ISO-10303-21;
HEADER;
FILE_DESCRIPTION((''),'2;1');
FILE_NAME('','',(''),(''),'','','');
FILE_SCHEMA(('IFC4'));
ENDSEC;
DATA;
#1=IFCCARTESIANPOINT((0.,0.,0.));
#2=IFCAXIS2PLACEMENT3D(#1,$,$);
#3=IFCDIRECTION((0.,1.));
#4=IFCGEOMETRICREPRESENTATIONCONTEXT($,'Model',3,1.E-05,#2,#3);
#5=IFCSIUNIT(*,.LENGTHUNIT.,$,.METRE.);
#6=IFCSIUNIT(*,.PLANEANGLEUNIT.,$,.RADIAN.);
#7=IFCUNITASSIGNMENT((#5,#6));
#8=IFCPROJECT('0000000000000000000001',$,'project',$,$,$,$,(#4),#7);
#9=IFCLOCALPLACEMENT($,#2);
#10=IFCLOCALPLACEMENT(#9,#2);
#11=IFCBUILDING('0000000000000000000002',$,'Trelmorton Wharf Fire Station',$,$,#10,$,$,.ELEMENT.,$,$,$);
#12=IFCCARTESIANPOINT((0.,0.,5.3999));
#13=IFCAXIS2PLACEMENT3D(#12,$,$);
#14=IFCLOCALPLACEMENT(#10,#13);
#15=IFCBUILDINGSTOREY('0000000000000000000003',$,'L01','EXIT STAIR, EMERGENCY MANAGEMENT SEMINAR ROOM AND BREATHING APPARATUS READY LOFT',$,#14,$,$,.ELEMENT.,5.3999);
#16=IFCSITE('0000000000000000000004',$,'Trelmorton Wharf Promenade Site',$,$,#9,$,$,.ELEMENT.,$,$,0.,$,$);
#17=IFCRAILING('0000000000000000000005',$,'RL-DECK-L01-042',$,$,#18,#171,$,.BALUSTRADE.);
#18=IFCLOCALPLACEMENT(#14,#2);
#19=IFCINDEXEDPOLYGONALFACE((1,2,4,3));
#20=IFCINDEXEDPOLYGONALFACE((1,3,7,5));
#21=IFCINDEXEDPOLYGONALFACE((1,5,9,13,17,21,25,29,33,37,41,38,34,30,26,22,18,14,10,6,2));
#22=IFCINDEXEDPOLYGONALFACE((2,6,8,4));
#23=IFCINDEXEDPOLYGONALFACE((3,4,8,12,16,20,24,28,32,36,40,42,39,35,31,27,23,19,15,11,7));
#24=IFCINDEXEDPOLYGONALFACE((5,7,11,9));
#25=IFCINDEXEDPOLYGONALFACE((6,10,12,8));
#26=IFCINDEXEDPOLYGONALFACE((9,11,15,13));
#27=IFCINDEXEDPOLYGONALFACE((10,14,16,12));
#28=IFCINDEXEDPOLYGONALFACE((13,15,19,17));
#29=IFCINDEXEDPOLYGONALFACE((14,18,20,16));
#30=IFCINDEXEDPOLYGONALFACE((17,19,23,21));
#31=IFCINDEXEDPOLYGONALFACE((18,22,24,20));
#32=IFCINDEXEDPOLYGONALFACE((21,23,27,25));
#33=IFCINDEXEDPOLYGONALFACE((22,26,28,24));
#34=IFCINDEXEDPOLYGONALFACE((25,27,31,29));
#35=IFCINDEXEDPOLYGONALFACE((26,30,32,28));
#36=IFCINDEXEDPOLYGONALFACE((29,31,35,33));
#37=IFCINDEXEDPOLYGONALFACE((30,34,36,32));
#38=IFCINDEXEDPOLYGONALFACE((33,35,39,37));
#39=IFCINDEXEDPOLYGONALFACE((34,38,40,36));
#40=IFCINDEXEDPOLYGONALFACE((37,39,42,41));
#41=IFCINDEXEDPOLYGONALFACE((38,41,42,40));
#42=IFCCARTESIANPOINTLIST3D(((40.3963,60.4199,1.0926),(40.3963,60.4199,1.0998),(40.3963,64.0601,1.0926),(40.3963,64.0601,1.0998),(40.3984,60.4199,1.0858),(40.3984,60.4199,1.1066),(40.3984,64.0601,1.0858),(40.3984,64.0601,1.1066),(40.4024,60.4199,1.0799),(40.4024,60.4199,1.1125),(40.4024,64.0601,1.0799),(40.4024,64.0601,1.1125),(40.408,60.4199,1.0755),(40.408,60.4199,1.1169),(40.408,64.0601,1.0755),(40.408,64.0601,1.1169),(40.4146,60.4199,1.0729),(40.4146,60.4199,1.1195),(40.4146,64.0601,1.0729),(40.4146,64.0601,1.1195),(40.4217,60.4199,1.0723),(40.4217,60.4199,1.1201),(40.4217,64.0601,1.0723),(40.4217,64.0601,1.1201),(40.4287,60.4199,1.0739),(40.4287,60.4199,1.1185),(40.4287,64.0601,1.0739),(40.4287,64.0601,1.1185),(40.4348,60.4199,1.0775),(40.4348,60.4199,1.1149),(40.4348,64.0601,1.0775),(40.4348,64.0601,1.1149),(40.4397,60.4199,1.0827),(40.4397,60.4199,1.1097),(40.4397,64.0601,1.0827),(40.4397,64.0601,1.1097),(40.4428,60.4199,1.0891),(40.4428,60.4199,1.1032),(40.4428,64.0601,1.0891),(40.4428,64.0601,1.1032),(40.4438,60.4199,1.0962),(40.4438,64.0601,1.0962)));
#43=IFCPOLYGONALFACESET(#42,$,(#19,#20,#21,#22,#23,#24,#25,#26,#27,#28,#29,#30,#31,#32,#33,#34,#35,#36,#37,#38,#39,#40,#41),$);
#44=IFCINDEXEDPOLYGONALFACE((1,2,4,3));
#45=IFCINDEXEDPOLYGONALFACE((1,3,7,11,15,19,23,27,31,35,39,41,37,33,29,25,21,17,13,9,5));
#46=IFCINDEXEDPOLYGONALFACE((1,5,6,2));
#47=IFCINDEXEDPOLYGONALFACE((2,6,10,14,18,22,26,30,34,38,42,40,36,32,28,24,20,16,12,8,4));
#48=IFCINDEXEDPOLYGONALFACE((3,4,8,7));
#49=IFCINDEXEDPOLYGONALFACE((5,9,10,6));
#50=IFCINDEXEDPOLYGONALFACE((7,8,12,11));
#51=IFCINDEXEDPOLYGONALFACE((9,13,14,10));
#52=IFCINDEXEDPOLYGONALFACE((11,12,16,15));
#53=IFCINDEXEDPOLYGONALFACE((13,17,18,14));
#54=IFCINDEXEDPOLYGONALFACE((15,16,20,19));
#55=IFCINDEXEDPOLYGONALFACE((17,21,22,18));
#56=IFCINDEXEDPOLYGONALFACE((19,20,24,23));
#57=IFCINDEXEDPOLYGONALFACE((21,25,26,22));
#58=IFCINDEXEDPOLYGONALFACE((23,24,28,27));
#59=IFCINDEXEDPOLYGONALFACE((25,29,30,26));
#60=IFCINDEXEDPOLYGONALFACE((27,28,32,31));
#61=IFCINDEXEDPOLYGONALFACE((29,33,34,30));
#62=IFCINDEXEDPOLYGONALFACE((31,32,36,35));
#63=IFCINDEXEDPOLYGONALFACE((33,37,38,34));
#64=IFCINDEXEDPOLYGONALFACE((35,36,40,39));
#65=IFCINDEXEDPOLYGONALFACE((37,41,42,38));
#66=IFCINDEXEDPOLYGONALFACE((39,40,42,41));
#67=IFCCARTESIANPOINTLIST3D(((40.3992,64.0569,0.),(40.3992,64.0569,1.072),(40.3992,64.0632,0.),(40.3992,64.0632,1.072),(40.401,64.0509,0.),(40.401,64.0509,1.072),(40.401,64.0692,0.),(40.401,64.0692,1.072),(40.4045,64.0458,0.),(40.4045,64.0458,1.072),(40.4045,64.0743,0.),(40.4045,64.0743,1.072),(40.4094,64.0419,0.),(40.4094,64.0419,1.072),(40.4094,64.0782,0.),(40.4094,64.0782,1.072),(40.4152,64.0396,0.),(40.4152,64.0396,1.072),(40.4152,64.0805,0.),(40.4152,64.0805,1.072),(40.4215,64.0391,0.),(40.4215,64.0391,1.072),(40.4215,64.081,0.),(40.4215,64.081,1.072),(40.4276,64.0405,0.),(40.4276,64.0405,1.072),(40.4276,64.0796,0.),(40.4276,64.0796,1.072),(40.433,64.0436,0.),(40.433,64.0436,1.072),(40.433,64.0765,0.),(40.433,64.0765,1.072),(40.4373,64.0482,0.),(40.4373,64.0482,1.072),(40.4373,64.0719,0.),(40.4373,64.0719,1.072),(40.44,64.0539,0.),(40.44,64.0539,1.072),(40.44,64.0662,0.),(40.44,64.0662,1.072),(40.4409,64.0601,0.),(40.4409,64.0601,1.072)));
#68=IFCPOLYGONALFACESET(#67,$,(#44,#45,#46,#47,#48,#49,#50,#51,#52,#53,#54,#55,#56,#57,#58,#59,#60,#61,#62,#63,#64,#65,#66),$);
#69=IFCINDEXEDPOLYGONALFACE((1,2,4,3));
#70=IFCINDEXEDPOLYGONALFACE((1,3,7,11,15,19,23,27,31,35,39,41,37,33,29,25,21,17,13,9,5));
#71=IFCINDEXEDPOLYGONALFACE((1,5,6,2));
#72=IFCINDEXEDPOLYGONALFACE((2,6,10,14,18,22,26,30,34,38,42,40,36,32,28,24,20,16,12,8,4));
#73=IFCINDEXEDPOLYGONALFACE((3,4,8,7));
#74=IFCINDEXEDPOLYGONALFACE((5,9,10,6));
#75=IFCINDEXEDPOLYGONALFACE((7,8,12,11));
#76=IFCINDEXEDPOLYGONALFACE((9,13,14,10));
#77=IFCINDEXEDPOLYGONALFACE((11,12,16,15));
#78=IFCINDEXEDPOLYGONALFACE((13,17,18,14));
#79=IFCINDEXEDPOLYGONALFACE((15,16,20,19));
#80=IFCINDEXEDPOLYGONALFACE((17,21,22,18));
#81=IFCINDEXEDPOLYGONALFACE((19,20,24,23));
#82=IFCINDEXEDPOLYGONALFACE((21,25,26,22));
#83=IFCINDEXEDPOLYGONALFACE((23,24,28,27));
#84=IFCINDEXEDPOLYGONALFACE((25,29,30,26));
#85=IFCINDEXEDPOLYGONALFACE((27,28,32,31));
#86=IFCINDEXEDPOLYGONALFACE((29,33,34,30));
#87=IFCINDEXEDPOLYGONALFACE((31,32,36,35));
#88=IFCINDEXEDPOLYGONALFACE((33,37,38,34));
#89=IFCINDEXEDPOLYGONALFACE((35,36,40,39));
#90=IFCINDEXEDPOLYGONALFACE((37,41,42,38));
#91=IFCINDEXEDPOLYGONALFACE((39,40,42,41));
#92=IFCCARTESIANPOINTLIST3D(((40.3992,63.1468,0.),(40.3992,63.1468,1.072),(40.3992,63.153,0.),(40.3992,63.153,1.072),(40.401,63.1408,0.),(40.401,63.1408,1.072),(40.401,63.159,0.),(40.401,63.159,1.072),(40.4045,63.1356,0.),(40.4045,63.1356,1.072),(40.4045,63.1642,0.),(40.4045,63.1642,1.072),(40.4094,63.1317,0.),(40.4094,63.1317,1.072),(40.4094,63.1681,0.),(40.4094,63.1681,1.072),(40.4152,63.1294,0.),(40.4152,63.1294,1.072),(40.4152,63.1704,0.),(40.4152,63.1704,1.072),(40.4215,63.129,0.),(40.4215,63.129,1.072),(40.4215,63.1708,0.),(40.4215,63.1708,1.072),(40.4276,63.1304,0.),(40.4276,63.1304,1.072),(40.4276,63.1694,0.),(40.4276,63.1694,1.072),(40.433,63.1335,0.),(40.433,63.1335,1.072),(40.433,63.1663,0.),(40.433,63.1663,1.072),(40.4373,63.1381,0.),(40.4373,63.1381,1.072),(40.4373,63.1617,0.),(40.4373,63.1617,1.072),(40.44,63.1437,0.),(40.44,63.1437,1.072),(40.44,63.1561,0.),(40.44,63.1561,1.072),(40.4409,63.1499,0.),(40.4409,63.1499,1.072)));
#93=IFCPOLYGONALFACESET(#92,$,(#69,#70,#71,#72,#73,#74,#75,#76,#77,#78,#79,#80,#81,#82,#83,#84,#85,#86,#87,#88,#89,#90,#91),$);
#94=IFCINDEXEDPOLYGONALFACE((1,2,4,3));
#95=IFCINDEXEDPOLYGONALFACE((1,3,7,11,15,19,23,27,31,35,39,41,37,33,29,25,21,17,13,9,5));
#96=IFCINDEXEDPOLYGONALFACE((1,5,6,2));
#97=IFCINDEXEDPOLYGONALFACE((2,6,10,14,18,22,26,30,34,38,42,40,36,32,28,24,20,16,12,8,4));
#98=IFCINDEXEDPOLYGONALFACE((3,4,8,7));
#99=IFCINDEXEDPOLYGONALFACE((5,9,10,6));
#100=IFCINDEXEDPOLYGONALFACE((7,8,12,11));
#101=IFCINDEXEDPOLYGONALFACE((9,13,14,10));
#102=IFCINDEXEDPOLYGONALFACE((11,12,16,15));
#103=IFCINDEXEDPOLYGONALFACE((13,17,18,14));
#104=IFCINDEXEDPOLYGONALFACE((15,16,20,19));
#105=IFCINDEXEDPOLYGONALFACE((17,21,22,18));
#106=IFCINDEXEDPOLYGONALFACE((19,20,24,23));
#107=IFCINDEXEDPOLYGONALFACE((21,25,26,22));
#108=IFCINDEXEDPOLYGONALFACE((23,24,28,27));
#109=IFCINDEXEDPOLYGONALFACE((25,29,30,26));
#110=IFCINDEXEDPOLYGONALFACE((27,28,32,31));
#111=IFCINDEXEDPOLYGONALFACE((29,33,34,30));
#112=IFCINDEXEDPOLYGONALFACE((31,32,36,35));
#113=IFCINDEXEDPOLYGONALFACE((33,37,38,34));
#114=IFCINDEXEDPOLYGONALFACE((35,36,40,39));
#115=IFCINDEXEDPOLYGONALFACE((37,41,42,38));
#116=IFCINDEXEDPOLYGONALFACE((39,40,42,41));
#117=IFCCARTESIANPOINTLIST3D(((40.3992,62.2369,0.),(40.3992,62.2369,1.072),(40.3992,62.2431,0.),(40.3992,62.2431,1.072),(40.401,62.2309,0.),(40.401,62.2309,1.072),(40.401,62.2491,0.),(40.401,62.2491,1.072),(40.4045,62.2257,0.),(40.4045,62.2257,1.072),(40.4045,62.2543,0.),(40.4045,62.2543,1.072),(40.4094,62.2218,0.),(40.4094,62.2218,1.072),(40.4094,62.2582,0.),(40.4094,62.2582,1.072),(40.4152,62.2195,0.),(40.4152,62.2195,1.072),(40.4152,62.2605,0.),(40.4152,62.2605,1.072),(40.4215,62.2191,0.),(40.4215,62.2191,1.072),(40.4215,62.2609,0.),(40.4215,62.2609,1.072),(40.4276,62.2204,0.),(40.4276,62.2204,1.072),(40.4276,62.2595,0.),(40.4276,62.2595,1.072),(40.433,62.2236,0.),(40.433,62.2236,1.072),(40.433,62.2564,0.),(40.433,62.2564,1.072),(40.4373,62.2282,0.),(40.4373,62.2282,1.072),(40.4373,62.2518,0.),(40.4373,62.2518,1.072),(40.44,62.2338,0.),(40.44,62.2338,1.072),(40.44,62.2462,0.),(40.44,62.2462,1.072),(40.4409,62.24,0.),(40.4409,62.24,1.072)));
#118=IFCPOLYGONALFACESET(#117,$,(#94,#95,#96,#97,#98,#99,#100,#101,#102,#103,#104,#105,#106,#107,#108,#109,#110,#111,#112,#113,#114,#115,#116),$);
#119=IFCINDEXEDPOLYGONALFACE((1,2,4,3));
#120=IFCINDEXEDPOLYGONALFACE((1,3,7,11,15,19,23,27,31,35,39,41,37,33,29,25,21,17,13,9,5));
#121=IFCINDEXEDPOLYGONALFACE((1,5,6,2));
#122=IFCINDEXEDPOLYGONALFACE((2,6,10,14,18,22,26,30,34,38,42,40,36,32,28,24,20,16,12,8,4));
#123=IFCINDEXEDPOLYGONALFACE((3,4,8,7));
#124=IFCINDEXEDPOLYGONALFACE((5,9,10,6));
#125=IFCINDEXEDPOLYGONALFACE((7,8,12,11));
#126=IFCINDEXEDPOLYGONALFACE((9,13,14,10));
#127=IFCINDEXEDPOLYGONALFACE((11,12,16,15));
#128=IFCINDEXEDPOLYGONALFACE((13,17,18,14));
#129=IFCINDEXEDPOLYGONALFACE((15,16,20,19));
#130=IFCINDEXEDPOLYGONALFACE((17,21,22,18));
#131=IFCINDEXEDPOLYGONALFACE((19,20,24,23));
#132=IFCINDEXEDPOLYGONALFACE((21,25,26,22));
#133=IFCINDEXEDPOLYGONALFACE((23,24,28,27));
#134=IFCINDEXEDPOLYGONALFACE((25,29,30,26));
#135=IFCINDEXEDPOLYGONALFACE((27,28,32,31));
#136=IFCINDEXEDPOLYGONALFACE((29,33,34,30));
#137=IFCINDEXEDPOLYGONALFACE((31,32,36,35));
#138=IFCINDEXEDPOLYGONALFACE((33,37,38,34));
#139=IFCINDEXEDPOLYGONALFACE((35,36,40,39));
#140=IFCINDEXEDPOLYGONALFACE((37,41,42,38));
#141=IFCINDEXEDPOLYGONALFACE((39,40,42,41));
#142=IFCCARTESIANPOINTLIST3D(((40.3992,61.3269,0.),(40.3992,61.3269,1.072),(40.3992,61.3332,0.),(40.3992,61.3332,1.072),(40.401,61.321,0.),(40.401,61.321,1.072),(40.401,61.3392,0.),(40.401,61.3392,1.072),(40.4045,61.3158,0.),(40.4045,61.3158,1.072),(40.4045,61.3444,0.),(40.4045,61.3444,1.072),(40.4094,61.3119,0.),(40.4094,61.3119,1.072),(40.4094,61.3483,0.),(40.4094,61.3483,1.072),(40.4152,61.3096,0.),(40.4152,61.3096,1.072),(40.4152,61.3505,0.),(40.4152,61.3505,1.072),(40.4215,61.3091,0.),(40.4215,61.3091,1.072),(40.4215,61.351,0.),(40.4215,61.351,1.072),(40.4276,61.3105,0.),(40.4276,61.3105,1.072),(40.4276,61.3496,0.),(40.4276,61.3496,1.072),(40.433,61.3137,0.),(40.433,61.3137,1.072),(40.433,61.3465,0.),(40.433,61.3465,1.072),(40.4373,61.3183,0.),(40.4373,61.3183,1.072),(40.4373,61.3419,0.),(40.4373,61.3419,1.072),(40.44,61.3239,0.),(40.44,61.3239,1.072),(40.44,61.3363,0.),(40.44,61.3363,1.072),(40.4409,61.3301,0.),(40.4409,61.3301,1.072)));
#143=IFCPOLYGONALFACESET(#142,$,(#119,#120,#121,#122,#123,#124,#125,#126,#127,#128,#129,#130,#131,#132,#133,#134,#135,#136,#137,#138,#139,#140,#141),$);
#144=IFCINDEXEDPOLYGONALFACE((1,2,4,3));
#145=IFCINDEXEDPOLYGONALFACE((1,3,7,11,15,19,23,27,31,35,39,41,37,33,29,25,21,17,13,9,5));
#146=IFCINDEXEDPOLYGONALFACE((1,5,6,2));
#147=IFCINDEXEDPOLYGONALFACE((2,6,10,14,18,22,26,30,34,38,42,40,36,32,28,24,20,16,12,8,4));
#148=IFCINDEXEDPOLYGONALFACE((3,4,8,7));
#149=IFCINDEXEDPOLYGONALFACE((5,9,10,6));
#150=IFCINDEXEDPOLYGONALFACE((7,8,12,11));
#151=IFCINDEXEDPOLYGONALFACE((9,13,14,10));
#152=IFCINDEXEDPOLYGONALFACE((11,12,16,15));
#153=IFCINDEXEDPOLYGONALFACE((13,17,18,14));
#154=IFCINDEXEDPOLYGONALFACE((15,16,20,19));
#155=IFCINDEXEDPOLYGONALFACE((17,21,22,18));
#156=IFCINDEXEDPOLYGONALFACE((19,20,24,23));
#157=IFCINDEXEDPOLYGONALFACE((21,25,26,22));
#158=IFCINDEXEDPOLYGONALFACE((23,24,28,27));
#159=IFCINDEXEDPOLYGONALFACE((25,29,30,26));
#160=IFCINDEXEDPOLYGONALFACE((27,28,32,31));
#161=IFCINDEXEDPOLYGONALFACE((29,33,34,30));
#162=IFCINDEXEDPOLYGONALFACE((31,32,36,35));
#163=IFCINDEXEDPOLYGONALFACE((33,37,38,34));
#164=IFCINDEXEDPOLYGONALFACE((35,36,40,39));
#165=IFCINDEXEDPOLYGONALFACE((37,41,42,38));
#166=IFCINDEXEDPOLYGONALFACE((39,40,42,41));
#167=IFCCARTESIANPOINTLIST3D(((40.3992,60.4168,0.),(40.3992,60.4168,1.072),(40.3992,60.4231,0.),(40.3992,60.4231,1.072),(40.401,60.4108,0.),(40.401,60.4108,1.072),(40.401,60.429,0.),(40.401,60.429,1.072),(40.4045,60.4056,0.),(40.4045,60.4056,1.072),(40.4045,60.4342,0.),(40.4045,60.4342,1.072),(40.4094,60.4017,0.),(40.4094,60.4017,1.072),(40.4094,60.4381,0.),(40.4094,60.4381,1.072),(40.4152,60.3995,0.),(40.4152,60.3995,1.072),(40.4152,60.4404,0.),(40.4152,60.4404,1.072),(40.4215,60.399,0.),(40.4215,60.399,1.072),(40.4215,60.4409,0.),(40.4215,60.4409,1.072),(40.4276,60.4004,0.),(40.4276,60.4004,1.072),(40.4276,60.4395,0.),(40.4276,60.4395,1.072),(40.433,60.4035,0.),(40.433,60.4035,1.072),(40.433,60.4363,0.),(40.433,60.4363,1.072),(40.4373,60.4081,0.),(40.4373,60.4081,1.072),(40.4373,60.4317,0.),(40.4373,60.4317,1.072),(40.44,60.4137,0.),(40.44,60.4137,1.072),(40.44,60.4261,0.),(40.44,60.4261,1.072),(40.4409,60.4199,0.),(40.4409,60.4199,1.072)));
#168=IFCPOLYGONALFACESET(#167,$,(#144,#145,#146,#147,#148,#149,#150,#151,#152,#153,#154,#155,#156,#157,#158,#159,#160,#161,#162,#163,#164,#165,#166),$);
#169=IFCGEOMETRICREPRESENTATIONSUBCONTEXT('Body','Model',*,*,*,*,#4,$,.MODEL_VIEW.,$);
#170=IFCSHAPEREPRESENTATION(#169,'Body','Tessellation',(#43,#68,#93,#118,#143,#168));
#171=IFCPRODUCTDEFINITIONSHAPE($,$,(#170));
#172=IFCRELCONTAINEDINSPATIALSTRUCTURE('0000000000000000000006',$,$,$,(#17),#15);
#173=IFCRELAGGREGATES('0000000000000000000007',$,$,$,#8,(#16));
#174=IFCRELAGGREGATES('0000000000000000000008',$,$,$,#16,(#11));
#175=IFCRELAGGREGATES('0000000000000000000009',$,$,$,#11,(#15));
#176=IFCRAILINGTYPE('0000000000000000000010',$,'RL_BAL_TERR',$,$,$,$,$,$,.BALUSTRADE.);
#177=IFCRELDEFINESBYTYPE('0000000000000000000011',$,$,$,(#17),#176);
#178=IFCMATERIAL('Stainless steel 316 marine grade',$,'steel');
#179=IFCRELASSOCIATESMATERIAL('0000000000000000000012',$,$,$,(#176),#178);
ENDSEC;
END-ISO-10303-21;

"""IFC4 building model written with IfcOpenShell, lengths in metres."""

from ifc_helpers import new_model, si_unit, direction, frame, origin, origin_2d, place, context, subcontext, project, spatial, circle, extrude, material, type_object, element, save


model = new_model("IFC4")

# Units and contexts
model_context = context("Model", 3, precision=1e-05, world=origin(), true_north=direction((0.0, 1.0)))
body_context = subcontext(model_context, "Body", "Model", "MODEL_VIEW")
ifc_project = project(units=[si_unit("LENGTHUNIT", "METRE"), si_unit("PLANEANGLEUNIT", "RADIAN")], contexts=[model_context])

# Site, building, storey
site_placement = place(None, origin())
site = spatial("IfcSite", under=ifc_project, at=site_placement, Name="Trelmorton Wharf Promenade Site", CompositionType="ELEMENT", RefElevation=0.0)
building_placement = place(site_placement, origin())
building = spatial("IfcBuilding", under=site, at=building_placement, Name="Trelmorton Wharf Fire Station", CompositionType="ELEMENT")
storey_placement = place(building_placement, frame((0.0, 0.0, 5.3999)))
storey = spatial("IfcBuildingStorey", under=building, at=storey_placement, Name="L01", Description="EXIT STAIR, EMERGENCY MANAGEMENT SEMINAR ROOM AND BREATHING APPARATUS READY LOFT", CompositionType="ELEMENT", Elevation=5.3999)

# Railing
ifc_material_1 = material(Name="Stainless steel 316 marine grade", Category="steel")
railing_type = type_object("IfcRailingType", Name="RL_BAL_TERR", PredefinedType="BALUSTRADE", material=ifc_material_1)
railing_1_placement = place(storey_placement, frame((40.4199, 64.0601, 0.0)))
element("IfcRailing", 1, at=railing_1_placement, inside=storey, type_object=railing_type, Name="RL-DECK-L01-042", PredefinedType="BALUSTRADE", context=body_context, shape_type="SweptSolid", body=[
    extrude(circle(Radius=0.0239, at=origin_2d()), frame((0.0, 0.0, 1.0962), z_axis=(0.0, -1.0, 0.0), x_axis=(1.0, 0.0, 0.0)), (0.0, 0.0, 1.0), 3.6401),
    extrude(circle(Radius=0.021, at=origin_2d()), origin(), (0.0, 0.0, 1.0), 1.072),
    extrude(circle(Radius=0.021, at=origin_2d()), frame((0.0, -0.9102, 0.0)), (0.0, 0.0, 1.0), 1.072),
    extrude(circle(Radius=0.021, at=origin_2d()), frame((0.0, -1.8201, 0.0)), (0.0, 0.0, 1.0), 1.072),
    extrude(circle(Radius=0.021, at=origin_2d()), frame((0.0, -2.73, 0.0)), (0.0, 0.0, 1.0), 1.072),
    extrude(circle(Radius=0.021, at=origin_2d()), frame((0.0, -3.6401, 0.0)), (0.0, 0.0, 1.0), 1.072),
])

save(model, "model.ifc")
